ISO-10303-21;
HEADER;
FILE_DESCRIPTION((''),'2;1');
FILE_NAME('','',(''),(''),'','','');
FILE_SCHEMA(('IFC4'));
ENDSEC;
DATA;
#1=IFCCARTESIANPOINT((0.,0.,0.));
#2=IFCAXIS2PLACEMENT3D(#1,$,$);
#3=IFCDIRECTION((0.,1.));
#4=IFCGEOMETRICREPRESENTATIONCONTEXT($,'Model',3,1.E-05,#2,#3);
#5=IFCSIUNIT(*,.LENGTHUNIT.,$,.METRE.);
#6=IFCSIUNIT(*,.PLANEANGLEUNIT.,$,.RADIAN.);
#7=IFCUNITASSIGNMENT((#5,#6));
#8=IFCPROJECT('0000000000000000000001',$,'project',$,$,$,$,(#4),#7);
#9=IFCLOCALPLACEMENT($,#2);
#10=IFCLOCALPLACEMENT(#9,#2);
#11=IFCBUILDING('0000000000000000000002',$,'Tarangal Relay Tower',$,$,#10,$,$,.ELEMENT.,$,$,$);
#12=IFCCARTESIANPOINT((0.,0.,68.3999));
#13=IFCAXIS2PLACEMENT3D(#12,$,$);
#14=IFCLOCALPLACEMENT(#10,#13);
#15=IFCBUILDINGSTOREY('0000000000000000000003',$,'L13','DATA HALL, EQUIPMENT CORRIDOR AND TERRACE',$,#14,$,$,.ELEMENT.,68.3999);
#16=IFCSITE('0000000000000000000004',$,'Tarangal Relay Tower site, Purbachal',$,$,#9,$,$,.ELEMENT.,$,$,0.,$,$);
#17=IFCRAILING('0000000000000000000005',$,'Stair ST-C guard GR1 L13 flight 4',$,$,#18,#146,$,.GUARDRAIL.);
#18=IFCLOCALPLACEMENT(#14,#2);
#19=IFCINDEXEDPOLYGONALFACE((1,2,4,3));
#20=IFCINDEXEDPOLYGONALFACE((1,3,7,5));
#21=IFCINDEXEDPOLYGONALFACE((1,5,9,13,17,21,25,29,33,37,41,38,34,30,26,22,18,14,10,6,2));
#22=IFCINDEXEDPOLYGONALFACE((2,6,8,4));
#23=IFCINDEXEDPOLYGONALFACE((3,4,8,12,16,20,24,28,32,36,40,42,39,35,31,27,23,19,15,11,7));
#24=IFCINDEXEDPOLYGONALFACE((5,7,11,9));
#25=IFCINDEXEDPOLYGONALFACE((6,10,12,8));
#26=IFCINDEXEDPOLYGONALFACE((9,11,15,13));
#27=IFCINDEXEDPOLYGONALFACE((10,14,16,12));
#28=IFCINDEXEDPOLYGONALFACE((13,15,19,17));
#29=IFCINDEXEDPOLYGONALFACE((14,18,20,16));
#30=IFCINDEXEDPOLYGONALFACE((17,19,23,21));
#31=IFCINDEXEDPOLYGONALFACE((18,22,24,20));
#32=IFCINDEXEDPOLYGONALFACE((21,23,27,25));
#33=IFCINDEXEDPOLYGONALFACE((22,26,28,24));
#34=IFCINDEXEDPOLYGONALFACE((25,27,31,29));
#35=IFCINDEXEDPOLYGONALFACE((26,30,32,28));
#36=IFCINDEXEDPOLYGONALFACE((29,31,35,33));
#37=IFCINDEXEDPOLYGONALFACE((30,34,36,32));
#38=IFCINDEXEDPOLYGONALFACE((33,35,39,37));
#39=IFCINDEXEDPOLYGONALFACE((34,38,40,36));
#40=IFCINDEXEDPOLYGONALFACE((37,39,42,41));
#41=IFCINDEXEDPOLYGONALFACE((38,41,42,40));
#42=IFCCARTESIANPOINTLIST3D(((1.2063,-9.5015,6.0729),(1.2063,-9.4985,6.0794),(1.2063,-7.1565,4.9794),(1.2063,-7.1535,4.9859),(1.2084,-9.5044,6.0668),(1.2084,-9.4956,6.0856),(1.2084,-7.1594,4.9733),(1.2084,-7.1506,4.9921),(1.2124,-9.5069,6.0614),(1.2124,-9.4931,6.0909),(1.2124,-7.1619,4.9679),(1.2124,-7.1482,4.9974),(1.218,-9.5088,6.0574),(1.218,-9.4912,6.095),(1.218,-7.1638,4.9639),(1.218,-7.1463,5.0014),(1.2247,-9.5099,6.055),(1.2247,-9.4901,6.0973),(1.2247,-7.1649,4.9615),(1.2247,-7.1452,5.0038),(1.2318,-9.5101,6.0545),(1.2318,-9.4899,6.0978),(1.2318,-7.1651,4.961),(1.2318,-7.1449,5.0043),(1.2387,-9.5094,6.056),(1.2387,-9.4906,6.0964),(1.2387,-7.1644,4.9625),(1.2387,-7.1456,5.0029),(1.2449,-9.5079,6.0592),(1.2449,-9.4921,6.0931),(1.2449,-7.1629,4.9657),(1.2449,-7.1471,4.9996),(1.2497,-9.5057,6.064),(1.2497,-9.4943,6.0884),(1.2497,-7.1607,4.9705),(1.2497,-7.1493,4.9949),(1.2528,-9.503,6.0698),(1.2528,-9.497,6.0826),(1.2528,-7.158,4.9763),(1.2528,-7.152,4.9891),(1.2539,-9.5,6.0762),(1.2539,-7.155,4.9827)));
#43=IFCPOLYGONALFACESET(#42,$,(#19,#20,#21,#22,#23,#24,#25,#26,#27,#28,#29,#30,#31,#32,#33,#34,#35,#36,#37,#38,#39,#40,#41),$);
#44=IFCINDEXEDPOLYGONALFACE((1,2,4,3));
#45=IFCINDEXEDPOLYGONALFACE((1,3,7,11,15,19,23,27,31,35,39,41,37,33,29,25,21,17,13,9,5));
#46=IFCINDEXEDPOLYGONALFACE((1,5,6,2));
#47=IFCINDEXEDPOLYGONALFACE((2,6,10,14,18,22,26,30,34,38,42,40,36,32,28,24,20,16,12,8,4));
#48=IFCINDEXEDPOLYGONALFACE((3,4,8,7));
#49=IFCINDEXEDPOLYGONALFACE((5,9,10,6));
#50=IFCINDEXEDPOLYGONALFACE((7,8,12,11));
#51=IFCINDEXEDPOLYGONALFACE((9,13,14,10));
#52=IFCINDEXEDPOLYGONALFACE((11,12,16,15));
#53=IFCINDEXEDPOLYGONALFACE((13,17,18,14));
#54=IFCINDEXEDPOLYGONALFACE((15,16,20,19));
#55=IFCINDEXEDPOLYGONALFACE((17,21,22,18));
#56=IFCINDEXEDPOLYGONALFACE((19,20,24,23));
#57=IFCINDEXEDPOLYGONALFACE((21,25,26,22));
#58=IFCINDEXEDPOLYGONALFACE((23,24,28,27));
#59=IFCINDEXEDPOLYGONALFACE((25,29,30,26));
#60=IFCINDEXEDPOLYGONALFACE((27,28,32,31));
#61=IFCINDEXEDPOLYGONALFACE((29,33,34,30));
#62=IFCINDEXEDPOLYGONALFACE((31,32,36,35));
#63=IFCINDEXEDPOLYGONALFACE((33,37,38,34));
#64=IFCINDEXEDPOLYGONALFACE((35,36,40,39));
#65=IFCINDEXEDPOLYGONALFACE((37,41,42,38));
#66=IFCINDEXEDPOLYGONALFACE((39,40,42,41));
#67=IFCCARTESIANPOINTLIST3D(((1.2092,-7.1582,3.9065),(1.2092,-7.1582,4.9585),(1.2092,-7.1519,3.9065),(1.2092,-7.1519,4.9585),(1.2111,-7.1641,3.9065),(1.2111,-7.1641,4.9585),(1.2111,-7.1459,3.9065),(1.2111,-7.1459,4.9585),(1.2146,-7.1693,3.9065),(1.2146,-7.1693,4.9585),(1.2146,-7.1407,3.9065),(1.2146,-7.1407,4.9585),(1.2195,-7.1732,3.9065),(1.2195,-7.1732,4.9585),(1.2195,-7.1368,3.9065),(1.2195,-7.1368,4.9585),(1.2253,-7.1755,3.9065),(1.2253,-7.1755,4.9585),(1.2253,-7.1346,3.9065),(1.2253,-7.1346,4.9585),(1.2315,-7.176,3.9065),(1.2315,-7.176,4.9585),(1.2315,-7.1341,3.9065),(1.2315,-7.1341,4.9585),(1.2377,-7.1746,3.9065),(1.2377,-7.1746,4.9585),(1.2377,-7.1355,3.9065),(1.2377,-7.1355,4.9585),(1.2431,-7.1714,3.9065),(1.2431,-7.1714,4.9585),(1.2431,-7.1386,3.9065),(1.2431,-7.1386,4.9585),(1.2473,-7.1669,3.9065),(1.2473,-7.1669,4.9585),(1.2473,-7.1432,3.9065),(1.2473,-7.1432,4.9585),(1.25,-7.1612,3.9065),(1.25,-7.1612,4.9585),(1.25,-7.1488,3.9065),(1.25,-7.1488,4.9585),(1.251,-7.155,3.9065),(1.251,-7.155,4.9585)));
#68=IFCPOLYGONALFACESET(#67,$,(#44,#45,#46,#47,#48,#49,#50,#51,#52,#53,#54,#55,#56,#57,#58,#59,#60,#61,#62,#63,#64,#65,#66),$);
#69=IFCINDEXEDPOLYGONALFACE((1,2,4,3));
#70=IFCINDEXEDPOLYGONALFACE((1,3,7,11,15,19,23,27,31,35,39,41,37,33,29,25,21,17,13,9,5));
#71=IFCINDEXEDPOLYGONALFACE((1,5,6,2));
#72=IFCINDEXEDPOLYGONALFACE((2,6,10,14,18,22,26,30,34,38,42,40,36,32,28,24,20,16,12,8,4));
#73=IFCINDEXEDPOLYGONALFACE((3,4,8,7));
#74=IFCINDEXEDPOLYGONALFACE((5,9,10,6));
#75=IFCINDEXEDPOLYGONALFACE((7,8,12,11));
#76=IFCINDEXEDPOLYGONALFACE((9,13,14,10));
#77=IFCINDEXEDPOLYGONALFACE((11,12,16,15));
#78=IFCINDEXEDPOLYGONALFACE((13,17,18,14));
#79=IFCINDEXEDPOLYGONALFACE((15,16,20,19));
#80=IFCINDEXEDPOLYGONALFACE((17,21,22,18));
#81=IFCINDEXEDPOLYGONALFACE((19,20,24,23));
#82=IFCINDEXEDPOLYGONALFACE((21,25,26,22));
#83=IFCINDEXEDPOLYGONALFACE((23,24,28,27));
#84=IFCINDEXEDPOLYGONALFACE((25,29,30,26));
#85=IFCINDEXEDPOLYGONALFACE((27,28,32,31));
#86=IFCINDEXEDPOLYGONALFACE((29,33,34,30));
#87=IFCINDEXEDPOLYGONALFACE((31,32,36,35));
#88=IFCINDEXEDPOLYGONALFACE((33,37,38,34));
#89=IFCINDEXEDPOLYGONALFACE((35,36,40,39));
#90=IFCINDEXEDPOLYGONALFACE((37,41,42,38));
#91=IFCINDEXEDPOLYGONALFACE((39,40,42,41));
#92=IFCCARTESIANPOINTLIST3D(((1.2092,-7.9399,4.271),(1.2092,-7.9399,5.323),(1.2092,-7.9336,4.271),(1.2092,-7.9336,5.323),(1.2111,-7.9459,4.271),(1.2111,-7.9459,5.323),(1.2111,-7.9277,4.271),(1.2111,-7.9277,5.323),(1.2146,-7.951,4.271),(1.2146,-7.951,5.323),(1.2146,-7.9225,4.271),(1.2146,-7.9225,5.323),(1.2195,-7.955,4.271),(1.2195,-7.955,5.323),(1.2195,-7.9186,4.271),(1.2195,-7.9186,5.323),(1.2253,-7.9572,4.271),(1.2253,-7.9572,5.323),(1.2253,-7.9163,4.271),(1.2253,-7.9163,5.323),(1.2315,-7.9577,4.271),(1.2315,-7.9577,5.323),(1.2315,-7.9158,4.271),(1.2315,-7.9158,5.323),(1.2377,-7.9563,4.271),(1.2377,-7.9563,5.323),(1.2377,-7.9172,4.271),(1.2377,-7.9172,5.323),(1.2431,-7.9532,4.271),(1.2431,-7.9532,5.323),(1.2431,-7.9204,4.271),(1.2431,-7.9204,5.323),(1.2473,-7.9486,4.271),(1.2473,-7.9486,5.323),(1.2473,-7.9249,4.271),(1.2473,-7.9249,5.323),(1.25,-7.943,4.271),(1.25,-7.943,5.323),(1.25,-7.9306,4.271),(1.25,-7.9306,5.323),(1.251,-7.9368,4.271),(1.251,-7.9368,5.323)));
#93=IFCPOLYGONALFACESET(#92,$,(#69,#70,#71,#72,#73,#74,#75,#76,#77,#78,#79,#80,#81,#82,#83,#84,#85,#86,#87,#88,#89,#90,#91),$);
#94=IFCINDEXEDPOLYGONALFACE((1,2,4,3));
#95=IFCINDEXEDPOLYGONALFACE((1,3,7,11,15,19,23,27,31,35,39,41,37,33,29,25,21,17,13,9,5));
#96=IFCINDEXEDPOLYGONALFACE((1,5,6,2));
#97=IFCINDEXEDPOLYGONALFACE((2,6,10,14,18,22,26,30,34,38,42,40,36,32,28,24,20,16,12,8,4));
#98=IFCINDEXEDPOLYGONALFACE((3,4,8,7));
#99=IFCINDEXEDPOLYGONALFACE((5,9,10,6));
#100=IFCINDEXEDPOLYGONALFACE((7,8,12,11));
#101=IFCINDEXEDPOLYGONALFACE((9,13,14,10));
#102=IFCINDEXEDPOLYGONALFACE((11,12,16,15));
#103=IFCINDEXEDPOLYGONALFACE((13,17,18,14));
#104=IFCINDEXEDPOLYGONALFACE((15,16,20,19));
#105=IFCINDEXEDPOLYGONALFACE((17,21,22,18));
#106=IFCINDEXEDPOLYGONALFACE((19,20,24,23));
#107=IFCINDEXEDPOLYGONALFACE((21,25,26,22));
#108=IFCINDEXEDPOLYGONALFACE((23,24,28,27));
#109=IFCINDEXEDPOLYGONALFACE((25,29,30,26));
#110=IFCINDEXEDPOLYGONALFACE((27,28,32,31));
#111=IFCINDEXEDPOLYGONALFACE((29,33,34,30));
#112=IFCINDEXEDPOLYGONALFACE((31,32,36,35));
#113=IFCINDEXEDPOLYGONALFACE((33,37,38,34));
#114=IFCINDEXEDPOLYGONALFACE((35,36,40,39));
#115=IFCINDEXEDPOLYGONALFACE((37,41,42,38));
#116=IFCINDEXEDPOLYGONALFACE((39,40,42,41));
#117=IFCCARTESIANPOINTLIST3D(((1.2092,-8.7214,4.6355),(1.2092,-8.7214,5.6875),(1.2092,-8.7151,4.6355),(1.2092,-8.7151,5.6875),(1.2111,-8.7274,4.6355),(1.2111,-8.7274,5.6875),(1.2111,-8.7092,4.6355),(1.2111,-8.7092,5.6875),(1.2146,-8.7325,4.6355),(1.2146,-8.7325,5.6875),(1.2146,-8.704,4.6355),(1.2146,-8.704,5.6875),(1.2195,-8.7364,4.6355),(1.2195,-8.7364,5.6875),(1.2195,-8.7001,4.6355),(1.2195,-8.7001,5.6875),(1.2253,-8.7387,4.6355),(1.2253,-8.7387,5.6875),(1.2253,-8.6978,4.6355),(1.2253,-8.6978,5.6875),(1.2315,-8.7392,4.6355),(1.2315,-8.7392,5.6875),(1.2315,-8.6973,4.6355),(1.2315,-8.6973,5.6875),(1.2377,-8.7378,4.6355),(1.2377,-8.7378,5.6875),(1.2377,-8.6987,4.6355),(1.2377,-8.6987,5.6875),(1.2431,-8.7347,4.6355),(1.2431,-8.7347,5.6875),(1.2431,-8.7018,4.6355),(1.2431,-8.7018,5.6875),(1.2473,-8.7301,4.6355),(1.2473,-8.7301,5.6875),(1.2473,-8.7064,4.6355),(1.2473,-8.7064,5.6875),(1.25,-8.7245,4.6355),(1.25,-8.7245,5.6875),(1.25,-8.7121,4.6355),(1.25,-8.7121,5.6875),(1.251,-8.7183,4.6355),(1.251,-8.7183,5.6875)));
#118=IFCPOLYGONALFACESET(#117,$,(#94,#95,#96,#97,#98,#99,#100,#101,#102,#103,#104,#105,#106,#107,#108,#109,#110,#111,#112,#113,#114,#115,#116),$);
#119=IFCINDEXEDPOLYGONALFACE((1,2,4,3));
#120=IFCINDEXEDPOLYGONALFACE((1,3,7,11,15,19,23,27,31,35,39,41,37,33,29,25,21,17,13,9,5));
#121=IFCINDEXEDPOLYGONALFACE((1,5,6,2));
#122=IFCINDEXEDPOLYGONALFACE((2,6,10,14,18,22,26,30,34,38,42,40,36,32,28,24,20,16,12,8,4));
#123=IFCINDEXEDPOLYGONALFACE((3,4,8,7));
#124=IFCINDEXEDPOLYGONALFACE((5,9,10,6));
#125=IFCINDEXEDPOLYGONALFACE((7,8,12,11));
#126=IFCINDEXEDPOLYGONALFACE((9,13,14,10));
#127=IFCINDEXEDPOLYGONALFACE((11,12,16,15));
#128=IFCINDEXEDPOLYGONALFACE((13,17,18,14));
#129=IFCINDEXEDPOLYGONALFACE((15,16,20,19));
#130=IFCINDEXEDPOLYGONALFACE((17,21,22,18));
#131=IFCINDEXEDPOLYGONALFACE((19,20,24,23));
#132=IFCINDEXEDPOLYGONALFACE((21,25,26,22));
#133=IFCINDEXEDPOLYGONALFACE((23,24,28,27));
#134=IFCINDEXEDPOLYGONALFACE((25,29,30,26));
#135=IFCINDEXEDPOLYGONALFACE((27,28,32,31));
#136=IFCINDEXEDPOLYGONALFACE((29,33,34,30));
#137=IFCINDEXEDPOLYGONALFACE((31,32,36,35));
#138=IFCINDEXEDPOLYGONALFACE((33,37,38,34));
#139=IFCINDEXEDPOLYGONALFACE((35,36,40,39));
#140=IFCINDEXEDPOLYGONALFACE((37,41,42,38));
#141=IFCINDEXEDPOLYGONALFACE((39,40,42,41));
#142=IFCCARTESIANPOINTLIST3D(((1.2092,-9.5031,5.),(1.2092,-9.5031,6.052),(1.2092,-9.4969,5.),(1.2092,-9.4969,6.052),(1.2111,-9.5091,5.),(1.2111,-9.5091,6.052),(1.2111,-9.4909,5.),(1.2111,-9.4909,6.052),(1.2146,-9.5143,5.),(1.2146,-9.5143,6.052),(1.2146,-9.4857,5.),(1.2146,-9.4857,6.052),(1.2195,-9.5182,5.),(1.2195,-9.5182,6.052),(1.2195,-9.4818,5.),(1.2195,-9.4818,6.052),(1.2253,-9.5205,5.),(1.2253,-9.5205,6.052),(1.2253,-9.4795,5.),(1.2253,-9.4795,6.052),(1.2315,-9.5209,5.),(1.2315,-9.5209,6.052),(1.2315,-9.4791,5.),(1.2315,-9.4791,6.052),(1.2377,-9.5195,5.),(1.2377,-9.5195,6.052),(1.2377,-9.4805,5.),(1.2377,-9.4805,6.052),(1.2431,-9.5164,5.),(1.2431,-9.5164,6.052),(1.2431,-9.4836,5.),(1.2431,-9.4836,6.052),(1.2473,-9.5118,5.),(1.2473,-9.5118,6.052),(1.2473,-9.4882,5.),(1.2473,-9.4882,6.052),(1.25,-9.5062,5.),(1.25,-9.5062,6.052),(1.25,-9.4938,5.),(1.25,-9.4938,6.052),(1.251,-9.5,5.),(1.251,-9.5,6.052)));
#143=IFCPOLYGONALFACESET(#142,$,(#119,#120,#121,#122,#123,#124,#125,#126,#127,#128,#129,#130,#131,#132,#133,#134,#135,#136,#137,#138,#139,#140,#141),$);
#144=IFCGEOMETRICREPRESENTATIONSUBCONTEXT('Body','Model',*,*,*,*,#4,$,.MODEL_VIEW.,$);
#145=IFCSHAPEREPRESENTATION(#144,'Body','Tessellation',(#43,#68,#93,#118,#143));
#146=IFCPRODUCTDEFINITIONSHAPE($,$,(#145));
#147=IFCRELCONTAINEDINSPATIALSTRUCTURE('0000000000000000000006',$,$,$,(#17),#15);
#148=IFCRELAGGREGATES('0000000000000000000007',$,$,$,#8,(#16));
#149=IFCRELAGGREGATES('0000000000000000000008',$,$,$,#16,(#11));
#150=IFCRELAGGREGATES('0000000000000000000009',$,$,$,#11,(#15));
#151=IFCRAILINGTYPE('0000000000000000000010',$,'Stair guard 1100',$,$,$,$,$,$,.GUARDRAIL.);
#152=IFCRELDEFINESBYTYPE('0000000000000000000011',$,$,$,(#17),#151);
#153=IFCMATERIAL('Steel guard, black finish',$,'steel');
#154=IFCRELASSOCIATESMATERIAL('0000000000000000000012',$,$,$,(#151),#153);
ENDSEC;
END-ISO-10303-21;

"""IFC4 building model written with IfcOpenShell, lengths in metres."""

from ifc_helpers import new_model, si_unit, direction, frame, origin, origin_2d, place, context, subcontext, project, spatial, circle, extrude, material, type_object, element, save


model = new_model("IFC4")

# Units and contexts
model_context = context("Model", 3, precision=1e-05, world=origin(), true_north=direction((0.0, 1.0)))
body_context = subcontext(model_context, "Body", "Model", "MODEL_VIEW")
ifc_project = project(units=[si_unit("LENGTHUNIT", "METRE"), si_unit("PLANEANGLEUNIT", "RADIAN")], contexts=[model_context])

# Site, building, storey
site_placement = place(None, origin())
site = spatial("IfcSite", under=ifc_project, at=site_placement, Name="Tarangal Relay Tower site, Purbachal", CompositionType="ELEMENT", RefElevation=0.0)
building_placement = place(site_placement, origin())
building = spatial("IfcBuilding", under=site, at=building_placement, Name="Tarangal Relay Tower", CompositionType="ELEMENT")
storey_placement = place(building_placement, frame((0.0, 0.0, 68.3999)))
storey = spatial("IfcBuildingStorey", under=building, at=storey_placement, Name="L13", Description="DATA HALL, EQUIPMENT CORRIDOR AND TERRACE", CompositionType="ELEMENT", Elevation=68.3999)

# Railing
ifc_material_1 = material(Name="Steel guard, black finish", Category="steel")
railing_type_1 = type_object("IfcRailingType", Name="Stair guard 1100", PredefinedType="GUARDRAIL", material=ifc_material_1)
for number, where, name in (
    (1, (1.23, -7.155, 3.9065), "Stair ST-C guard GR1 L13 flight 4"),
):
    element("IfcRailing", number, at=place(storey_placement, frame(where)), inside=storey, type_object=railing_type_1, Name=name, PredefinedType="GUARDRAIL", context=body_context, shape_type="SweptSolid", body=[
        extrude(circle(Radius=0.0239, at=origin_2d()), frame((0.0, 0.0, 1.0762), z_axis=(0.0, -0.906304, 0.422627), x_axis=(1.0, 0.0, 0.0)), (0.0, 0.0, 1.0), 2.5874),
        extrude(circle(Radius=0.021, at=origin_2d()), origin(), (0.0, 0.0, 1.0), 1.052),
        extrude(circle(Radius=0.021, at=origin_2d()), frame((0.0, -0.7817, 0.3645)), (0.0, 0.0, 1.0), 1.052),
        extrude(circle(Radius=0.021, at=origin_2d()), frame((0.0, -1.5632, 0.729)), (0.0, 0.0, 1.0), 1.052),
        extrude(circle(Radius=0.021, at=origin_2d()), frame((0.0, -2.345, 1.0935)), (0.0, 0.0, 1.0), 1.052),
    ])

save(model, "model.ifc")
